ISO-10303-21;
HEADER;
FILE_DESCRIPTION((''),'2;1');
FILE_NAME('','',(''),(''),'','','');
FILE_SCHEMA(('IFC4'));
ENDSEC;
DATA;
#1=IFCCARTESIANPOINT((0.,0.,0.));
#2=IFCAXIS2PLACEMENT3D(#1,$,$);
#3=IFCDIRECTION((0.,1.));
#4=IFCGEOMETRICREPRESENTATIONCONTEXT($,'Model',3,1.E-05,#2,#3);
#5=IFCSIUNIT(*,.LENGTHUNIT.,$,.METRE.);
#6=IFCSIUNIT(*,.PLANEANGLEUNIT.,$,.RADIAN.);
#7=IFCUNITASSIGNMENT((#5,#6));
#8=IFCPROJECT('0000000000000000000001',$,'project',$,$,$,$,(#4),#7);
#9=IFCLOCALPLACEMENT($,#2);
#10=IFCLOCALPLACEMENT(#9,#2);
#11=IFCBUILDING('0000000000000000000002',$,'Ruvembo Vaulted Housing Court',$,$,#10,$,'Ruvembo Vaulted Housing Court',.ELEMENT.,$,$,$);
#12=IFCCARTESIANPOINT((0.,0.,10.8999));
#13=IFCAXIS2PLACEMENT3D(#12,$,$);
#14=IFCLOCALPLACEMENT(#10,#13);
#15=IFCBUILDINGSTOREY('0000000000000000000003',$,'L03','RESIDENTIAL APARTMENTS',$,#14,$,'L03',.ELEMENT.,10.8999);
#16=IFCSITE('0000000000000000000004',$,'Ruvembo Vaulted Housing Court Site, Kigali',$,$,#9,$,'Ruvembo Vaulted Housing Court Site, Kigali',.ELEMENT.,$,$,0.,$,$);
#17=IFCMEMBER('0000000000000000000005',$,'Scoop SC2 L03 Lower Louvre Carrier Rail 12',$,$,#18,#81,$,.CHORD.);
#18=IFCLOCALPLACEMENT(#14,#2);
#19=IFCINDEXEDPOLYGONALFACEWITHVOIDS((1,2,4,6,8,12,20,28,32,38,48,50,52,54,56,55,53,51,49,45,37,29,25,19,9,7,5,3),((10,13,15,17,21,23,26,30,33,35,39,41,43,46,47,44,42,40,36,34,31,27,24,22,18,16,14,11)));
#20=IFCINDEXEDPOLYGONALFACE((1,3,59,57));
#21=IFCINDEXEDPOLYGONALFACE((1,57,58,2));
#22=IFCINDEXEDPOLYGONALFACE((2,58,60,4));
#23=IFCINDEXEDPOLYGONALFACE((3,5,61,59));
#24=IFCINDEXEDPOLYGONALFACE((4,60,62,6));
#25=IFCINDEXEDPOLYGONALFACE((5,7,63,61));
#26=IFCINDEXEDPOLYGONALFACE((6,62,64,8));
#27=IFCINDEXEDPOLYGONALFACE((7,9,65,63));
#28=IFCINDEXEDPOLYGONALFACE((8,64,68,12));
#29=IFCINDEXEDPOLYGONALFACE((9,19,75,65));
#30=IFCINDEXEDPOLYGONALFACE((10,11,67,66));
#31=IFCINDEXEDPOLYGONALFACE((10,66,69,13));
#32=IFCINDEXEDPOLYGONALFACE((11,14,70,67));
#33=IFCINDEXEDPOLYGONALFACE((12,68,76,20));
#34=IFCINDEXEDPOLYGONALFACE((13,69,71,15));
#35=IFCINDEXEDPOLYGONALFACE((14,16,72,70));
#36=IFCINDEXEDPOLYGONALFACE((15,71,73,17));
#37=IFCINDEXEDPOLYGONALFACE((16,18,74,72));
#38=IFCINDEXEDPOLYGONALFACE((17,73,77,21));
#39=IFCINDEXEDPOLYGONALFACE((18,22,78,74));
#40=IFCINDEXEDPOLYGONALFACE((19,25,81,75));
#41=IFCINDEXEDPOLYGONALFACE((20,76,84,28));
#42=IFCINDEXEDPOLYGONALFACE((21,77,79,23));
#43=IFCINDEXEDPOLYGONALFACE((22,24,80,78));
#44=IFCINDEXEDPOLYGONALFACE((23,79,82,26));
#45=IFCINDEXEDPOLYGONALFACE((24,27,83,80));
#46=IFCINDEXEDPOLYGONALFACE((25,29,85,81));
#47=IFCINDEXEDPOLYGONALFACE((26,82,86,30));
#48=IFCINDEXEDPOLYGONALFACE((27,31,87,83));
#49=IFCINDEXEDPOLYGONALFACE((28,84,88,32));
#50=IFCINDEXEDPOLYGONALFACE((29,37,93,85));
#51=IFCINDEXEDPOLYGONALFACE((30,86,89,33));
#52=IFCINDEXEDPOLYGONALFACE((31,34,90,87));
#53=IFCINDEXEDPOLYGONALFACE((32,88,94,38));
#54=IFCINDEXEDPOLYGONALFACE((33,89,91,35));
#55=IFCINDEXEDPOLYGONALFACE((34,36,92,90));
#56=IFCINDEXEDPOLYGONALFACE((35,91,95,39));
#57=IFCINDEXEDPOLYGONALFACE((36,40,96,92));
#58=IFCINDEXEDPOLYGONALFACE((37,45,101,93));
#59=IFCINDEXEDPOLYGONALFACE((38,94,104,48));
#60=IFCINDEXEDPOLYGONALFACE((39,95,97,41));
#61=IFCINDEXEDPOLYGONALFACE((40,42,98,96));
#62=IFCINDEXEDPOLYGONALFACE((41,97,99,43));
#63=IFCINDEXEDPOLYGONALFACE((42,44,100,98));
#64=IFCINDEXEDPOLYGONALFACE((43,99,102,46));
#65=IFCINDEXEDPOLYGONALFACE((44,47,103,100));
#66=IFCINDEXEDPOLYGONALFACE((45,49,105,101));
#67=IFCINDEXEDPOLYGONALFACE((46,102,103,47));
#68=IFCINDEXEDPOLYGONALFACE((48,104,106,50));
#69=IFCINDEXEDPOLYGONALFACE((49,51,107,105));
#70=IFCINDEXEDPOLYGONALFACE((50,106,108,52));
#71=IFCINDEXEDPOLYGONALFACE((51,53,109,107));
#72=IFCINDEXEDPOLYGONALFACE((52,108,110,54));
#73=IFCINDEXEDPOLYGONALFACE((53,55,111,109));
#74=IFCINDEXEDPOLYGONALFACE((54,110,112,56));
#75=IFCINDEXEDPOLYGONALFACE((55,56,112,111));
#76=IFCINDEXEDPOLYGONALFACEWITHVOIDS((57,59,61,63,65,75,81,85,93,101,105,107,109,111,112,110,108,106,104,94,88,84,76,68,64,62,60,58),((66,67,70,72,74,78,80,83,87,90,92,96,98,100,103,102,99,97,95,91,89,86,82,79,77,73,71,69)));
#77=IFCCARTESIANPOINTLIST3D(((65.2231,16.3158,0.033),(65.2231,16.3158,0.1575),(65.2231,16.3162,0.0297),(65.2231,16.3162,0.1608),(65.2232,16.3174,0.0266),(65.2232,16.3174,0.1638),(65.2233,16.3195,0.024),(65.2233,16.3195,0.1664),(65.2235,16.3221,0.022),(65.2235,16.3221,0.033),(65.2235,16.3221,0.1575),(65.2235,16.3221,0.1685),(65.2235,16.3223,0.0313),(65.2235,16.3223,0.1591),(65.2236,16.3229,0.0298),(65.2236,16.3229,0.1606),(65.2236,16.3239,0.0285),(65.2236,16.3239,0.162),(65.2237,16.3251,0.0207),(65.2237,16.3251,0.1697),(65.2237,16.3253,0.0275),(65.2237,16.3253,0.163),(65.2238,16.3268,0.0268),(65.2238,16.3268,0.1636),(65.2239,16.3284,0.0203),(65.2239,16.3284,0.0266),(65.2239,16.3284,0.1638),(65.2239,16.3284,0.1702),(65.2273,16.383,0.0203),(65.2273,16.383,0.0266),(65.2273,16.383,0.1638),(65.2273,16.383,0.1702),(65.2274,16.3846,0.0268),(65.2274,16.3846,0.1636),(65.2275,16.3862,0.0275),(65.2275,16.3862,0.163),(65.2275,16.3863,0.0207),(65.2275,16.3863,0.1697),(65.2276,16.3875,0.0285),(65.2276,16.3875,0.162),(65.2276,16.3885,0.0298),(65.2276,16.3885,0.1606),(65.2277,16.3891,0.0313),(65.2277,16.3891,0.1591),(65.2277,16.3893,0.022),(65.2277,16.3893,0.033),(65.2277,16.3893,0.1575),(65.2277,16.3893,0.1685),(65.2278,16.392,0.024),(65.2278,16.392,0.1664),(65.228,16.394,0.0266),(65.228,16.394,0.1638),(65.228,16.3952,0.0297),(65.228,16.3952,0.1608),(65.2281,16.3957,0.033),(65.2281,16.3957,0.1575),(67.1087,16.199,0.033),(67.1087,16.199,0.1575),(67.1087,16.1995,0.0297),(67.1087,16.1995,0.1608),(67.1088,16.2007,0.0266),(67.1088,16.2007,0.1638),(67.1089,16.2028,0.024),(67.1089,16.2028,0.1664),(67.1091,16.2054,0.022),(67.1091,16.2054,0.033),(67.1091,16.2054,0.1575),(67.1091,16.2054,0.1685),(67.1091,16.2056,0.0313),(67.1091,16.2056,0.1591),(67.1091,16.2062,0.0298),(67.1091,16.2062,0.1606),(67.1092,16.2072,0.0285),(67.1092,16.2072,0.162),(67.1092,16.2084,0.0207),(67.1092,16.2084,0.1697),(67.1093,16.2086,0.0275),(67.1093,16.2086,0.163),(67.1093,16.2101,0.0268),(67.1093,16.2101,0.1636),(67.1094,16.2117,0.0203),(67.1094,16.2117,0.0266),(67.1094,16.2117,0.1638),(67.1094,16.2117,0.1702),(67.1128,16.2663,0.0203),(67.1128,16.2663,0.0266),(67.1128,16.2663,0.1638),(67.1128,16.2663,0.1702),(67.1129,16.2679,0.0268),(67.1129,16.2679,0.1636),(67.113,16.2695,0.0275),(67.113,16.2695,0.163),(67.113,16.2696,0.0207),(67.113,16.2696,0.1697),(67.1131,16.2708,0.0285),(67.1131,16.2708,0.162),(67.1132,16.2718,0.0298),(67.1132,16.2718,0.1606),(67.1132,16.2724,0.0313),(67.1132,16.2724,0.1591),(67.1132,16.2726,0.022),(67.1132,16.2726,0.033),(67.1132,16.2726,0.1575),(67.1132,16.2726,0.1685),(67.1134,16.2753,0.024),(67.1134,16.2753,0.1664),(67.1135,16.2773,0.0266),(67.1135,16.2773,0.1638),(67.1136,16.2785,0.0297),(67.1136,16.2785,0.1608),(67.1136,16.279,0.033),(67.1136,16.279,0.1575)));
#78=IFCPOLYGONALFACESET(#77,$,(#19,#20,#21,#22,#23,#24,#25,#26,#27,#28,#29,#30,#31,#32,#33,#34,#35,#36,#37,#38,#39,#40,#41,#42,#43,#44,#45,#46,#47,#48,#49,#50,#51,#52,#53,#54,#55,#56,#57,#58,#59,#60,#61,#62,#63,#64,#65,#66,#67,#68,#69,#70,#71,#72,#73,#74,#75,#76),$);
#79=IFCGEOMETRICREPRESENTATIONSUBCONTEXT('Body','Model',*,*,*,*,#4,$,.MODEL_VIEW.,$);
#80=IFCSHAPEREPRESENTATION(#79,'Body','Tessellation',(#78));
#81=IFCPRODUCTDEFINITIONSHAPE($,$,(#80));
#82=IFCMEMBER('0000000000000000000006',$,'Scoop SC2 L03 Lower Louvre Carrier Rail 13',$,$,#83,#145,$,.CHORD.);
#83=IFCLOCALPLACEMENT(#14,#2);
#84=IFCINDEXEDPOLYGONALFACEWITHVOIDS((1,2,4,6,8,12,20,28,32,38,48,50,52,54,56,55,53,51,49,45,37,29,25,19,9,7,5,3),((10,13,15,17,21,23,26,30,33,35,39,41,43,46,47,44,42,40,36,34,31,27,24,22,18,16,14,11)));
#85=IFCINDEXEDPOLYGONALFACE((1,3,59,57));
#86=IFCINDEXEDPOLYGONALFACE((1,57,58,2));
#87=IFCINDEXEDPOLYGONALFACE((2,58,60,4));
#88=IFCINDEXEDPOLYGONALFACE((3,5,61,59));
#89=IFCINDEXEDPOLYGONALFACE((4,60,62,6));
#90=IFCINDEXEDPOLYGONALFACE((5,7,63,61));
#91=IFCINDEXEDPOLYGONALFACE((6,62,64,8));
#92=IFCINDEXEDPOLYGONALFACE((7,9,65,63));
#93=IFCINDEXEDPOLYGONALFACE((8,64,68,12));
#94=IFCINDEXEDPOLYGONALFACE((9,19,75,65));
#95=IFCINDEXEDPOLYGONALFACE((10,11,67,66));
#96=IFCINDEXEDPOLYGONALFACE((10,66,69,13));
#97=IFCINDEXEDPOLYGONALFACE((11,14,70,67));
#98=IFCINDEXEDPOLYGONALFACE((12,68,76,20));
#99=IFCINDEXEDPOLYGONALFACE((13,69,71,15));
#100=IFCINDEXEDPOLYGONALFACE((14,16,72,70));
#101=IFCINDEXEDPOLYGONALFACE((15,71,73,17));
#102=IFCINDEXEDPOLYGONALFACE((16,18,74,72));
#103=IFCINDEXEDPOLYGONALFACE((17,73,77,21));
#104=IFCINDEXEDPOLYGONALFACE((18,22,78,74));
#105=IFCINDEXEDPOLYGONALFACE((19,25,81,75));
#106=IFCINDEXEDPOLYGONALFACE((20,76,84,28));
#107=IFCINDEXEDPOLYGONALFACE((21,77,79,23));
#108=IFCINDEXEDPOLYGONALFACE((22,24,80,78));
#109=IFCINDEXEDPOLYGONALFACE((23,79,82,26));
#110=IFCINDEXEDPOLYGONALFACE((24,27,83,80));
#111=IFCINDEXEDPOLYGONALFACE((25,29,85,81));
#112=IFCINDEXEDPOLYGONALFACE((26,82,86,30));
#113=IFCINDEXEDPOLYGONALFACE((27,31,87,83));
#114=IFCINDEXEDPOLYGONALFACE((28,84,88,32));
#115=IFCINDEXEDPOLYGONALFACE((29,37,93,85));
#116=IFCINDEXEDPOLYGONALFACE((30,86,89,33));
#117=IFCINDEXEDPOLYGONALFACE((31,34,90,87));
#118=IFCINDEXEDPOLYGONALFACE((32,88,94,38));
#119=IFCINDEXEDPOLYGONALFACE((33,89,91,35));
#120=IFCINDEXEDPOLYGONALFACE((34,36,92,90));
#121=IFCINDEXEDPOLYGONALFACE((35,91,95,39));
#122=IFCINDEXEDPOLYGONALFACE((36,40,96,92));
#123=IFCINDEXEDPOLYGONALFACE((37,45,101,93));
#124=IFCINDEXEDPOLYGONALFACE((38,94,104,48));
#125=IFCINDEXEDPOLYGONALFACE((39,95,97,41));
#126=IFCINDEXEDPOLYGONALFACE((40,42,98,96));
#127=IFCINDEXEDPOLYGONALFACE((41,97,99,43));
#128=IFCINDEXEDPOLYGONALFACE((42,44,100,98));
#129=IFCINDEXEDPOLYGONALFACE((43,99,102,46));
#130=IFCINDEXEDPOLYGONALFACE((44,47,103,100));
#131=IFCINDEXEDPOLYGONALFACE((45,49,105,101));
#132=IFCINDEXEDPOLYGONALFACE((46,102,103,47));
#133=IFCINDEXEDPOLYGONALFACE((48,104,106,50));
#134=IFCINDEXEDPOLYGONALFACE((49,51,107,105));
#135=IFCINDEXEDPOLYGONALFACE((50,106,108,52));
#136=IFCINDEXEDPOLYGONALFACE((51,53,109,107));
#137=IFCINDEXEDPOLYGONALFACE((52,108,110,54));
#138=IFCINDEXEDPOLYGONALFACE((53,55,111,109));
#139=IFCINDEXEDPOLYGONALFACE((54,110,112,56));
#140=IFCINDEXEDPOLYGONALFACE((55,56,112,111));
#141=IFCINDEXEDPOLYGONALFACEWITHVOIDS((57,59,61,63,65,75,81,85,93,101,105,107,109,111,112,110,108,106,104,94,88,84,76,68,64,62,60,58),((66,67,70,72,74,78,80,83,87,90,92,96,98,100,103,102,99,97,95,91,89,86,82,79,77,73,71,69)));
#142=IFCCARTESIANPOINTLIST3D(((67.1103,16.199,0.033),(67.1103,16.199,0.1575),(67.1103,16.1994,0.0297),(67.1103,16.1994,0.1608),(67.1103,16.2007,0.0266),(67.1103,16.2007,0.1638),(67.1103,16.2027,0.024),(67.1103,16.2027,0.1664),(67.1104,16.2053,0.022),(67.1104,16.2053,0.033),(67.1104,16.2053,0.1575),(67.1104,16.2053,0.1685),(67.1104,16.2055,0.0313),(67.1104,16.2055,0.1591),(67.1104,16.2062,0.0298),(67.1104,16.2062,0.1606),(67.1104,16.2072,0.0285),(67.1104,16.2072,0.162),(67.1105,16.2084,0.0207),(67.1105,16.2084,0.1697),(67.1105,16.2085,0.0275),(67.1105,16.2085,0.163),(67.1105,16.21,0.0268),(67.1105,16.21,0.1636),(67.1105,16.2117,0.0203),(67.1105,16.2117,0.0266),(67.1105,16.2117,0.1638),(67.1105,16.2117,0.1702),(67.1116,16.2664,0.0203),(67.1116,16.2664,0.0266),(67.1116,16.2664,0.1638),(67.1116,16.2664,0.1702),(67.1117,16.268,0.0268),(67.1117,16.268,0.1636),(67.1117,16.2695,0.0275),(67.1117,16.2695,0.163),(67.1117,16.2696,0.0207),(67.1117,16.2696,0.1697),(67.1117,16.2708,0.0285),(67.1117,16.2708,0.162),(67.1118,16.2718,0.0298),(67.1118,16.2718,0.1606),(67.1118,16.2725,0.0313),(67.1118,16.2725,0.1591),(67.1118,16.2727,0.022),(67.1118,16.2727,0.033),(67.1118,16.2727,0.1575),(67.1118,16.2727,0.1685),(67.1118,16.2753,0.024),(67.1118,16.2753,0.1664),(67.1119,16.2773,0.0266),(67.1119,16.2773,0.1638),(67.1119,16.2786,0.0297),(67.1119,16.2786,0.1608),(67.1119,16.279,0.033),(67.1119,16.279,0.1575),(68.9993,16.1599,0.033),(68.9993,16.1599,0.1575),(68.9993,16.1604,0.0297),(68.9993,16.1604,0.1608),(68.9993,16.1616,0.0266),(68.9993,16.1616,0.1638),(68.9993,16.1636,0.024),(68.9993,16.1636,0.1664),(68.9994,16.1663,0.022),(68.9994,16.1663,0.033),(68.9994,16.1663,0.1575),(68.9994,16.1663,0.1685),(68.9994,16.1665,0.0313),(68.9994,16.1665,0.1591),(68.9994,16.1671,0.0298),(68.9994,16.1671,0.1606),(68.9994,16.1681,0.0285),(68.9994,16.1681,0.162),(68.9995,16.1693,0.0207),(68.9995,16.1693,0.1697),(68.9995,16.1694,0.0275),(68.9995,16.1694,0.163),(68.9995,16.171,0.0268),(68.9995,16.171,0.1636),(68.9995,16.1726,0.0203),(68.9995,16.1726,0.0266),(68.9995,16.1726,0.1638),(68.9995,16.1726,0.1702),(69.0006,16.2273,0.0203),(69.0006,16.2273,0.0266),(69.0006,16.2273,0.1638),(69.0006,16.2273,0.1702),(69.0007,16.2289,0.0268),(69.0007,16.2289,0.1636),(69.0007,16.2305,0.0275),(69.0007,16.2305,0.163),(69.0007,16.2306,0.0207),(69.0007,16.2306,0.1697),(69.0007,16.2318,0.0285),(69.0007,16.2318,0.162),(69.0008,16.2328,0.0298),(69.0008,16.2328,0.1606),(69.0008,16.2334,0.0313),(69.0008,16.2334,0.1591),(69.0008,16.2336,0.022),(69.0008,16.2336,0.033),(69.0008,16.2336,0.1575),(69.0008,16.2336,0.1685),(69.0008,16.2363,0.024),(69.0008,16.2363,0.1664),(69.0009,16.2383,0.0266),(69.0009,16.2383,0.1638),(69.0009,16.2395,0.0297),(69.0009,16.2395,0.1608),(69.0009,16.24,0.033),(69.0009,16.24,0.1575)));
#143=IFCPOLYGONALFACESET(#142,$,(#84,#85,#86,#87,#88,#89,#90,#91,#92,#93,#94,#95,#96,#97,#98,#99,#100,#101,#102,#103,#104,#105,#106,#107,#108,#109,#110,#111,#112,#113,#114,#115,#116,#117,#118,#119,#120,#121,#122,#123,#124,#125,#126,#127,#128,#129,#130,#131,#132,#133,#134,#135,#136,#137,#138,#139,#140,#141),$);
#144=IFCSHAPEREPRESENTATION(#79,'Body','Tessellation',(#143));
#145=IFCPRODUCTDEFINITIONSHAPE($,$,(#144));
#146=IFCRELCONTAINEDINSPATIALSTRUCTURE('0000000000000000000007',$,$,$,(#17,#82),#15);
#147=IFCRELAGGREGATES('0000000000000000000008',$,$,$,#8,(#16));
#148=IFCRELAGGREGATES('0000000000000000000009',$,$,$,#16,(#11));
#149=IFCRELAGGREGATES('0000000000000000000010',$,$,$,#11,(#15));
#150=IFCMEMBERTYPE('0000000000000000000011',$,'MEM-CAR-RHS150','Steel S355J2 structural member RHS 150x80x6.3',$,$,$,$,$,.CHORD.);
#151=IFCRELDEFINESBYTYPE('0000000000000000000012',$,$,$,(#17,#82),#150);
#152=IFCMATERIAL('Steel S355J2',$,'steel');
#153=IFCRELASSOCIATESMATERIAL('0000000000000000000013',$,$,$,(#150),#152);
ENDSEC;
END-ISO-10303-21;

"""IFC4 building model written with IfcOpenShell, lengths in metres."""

from ifc_helpers import new_model, si_unit, direction, frame, origin, origin_2d, place, context, subcontext, project, spatial, hollow_rectangle, extrude, material, material_profile, profile_set, type_object, element, save


model = new_model("IFC4")

# Units and contexts
model_context = context("Model", 3, precision=1e-05, world=origin(), true_north=direction((0.0, 1.0)))
body_context = subcontext(model_context, "Body", "Model", "MODEL_VIEW")
ifc_project = project(units=[si_unit("LENGTHUNIT", "METRE"), si_unit("PLANEANGLEUNIT", "RADIAN")], contexts=[model_context])

# Site, building, storey
site_placement = place(None, origin())
site = spatial("IfcSite", under=ifc_project, at=site_placement, Name="Ruvembo Vaulted Housing Court Site, Kigali", LongName="Ruvembo Vaulted Housing Court Site, Kigali", CompositionType="ELEMENT", RefElevation=0.0)
building_placement = place(site_placement, origin())
building = spatial("IfcBuilding", under=site, at=building_placement, Name="Ruvembo Vaulted Housing Court", LongName="Ruvembo Vaulted Housing Court", CompositionType="ELEMENT")
storey_placement = place(building_placement, frame((0.0, 0.0, 10.8999)))
storey = spatial("IfcBuildingStorey", under=building, at=storey_placement, Name="L03", Description="RESIDENTIAL APARTMENTS", LongName="L03", CompositionType="ELEMENT", Elevation=10.8999)

# Shared definitions
ifc_material_1 = material(Name="Steel S355J2", Category="steel")

# Members
ifc_material_profile_1 = material_profile(ifc_material_1, hollow_rectangle(XDim=0.0801, YDim=0.1499, WallThickness=0.0063, InnerFilletRadius=0.0063, OuterFilletRadius=0.0127, at=origin_2d()), Name="RHS 150x80x6.3")
ifc_profile_set_1 = profile_set([ifc_material_profile_1], Name="Steel S355J2")
member_type_1 = type_object("IfcMemberType", Name="MEM-CAR-RHS150", Description="Steel S355J2 structural member RHS 150x80x6.3", PredefinedType="CHORD", material=ifc_profile_set_1)
member_1_placement = place(storey_placement, frame((65.2256, 16.3557, 0.0952), z_axis=(0.99809, -0.061775, 0.0), x_axis=(0.061775, 0.99809, 0.0)))
element("IfcMember", 1, at=member_1_placement, inside=storey, type_object=member_type_1, Name="Scoop SC2 L03 Lower Louvre Carrier Rail 12", PredefinedType="CHORD", context=body_context, shape_type="SweptSolid", body=[
    extrude(hollow_rectangle(XDim=0.0801, YDim=0.1499, WallThickness=0.0063, InnerFilletRadius=0.0063, OuterFilletRadius=0.0127, at=origin_2d()), origin(), (0.0, 0.0, 1.0), 1.8892),
])
member_2_placement = place(storey_placement, frame((67.1111, 16.239, 0.0952), z_axis=(0.999786, -0.020675, 0.0), x_axis=(0.020675, 0.999786, 0.0)))
element("IfcMember", 2, at=member_2_placement, inside=storey, type_object=member_type_1, Name="Scoop SC2 L03 Lower Louvre Carrier Rail 13", PredefinedType="CHORD", context=body_context, shape_type="SweptSolid", body=[
    extrude(hollow_rectangle(XDim=0.0801, YDim=0.1499, WallThickness=0.0063, InnerFilletRadius=0.0063, OuterFilletRadius=0.0127, at=origin_2d()), origin(), (0.0, 0.0, 1.0), 1.8894),
])

save(model, "model.ifc")
